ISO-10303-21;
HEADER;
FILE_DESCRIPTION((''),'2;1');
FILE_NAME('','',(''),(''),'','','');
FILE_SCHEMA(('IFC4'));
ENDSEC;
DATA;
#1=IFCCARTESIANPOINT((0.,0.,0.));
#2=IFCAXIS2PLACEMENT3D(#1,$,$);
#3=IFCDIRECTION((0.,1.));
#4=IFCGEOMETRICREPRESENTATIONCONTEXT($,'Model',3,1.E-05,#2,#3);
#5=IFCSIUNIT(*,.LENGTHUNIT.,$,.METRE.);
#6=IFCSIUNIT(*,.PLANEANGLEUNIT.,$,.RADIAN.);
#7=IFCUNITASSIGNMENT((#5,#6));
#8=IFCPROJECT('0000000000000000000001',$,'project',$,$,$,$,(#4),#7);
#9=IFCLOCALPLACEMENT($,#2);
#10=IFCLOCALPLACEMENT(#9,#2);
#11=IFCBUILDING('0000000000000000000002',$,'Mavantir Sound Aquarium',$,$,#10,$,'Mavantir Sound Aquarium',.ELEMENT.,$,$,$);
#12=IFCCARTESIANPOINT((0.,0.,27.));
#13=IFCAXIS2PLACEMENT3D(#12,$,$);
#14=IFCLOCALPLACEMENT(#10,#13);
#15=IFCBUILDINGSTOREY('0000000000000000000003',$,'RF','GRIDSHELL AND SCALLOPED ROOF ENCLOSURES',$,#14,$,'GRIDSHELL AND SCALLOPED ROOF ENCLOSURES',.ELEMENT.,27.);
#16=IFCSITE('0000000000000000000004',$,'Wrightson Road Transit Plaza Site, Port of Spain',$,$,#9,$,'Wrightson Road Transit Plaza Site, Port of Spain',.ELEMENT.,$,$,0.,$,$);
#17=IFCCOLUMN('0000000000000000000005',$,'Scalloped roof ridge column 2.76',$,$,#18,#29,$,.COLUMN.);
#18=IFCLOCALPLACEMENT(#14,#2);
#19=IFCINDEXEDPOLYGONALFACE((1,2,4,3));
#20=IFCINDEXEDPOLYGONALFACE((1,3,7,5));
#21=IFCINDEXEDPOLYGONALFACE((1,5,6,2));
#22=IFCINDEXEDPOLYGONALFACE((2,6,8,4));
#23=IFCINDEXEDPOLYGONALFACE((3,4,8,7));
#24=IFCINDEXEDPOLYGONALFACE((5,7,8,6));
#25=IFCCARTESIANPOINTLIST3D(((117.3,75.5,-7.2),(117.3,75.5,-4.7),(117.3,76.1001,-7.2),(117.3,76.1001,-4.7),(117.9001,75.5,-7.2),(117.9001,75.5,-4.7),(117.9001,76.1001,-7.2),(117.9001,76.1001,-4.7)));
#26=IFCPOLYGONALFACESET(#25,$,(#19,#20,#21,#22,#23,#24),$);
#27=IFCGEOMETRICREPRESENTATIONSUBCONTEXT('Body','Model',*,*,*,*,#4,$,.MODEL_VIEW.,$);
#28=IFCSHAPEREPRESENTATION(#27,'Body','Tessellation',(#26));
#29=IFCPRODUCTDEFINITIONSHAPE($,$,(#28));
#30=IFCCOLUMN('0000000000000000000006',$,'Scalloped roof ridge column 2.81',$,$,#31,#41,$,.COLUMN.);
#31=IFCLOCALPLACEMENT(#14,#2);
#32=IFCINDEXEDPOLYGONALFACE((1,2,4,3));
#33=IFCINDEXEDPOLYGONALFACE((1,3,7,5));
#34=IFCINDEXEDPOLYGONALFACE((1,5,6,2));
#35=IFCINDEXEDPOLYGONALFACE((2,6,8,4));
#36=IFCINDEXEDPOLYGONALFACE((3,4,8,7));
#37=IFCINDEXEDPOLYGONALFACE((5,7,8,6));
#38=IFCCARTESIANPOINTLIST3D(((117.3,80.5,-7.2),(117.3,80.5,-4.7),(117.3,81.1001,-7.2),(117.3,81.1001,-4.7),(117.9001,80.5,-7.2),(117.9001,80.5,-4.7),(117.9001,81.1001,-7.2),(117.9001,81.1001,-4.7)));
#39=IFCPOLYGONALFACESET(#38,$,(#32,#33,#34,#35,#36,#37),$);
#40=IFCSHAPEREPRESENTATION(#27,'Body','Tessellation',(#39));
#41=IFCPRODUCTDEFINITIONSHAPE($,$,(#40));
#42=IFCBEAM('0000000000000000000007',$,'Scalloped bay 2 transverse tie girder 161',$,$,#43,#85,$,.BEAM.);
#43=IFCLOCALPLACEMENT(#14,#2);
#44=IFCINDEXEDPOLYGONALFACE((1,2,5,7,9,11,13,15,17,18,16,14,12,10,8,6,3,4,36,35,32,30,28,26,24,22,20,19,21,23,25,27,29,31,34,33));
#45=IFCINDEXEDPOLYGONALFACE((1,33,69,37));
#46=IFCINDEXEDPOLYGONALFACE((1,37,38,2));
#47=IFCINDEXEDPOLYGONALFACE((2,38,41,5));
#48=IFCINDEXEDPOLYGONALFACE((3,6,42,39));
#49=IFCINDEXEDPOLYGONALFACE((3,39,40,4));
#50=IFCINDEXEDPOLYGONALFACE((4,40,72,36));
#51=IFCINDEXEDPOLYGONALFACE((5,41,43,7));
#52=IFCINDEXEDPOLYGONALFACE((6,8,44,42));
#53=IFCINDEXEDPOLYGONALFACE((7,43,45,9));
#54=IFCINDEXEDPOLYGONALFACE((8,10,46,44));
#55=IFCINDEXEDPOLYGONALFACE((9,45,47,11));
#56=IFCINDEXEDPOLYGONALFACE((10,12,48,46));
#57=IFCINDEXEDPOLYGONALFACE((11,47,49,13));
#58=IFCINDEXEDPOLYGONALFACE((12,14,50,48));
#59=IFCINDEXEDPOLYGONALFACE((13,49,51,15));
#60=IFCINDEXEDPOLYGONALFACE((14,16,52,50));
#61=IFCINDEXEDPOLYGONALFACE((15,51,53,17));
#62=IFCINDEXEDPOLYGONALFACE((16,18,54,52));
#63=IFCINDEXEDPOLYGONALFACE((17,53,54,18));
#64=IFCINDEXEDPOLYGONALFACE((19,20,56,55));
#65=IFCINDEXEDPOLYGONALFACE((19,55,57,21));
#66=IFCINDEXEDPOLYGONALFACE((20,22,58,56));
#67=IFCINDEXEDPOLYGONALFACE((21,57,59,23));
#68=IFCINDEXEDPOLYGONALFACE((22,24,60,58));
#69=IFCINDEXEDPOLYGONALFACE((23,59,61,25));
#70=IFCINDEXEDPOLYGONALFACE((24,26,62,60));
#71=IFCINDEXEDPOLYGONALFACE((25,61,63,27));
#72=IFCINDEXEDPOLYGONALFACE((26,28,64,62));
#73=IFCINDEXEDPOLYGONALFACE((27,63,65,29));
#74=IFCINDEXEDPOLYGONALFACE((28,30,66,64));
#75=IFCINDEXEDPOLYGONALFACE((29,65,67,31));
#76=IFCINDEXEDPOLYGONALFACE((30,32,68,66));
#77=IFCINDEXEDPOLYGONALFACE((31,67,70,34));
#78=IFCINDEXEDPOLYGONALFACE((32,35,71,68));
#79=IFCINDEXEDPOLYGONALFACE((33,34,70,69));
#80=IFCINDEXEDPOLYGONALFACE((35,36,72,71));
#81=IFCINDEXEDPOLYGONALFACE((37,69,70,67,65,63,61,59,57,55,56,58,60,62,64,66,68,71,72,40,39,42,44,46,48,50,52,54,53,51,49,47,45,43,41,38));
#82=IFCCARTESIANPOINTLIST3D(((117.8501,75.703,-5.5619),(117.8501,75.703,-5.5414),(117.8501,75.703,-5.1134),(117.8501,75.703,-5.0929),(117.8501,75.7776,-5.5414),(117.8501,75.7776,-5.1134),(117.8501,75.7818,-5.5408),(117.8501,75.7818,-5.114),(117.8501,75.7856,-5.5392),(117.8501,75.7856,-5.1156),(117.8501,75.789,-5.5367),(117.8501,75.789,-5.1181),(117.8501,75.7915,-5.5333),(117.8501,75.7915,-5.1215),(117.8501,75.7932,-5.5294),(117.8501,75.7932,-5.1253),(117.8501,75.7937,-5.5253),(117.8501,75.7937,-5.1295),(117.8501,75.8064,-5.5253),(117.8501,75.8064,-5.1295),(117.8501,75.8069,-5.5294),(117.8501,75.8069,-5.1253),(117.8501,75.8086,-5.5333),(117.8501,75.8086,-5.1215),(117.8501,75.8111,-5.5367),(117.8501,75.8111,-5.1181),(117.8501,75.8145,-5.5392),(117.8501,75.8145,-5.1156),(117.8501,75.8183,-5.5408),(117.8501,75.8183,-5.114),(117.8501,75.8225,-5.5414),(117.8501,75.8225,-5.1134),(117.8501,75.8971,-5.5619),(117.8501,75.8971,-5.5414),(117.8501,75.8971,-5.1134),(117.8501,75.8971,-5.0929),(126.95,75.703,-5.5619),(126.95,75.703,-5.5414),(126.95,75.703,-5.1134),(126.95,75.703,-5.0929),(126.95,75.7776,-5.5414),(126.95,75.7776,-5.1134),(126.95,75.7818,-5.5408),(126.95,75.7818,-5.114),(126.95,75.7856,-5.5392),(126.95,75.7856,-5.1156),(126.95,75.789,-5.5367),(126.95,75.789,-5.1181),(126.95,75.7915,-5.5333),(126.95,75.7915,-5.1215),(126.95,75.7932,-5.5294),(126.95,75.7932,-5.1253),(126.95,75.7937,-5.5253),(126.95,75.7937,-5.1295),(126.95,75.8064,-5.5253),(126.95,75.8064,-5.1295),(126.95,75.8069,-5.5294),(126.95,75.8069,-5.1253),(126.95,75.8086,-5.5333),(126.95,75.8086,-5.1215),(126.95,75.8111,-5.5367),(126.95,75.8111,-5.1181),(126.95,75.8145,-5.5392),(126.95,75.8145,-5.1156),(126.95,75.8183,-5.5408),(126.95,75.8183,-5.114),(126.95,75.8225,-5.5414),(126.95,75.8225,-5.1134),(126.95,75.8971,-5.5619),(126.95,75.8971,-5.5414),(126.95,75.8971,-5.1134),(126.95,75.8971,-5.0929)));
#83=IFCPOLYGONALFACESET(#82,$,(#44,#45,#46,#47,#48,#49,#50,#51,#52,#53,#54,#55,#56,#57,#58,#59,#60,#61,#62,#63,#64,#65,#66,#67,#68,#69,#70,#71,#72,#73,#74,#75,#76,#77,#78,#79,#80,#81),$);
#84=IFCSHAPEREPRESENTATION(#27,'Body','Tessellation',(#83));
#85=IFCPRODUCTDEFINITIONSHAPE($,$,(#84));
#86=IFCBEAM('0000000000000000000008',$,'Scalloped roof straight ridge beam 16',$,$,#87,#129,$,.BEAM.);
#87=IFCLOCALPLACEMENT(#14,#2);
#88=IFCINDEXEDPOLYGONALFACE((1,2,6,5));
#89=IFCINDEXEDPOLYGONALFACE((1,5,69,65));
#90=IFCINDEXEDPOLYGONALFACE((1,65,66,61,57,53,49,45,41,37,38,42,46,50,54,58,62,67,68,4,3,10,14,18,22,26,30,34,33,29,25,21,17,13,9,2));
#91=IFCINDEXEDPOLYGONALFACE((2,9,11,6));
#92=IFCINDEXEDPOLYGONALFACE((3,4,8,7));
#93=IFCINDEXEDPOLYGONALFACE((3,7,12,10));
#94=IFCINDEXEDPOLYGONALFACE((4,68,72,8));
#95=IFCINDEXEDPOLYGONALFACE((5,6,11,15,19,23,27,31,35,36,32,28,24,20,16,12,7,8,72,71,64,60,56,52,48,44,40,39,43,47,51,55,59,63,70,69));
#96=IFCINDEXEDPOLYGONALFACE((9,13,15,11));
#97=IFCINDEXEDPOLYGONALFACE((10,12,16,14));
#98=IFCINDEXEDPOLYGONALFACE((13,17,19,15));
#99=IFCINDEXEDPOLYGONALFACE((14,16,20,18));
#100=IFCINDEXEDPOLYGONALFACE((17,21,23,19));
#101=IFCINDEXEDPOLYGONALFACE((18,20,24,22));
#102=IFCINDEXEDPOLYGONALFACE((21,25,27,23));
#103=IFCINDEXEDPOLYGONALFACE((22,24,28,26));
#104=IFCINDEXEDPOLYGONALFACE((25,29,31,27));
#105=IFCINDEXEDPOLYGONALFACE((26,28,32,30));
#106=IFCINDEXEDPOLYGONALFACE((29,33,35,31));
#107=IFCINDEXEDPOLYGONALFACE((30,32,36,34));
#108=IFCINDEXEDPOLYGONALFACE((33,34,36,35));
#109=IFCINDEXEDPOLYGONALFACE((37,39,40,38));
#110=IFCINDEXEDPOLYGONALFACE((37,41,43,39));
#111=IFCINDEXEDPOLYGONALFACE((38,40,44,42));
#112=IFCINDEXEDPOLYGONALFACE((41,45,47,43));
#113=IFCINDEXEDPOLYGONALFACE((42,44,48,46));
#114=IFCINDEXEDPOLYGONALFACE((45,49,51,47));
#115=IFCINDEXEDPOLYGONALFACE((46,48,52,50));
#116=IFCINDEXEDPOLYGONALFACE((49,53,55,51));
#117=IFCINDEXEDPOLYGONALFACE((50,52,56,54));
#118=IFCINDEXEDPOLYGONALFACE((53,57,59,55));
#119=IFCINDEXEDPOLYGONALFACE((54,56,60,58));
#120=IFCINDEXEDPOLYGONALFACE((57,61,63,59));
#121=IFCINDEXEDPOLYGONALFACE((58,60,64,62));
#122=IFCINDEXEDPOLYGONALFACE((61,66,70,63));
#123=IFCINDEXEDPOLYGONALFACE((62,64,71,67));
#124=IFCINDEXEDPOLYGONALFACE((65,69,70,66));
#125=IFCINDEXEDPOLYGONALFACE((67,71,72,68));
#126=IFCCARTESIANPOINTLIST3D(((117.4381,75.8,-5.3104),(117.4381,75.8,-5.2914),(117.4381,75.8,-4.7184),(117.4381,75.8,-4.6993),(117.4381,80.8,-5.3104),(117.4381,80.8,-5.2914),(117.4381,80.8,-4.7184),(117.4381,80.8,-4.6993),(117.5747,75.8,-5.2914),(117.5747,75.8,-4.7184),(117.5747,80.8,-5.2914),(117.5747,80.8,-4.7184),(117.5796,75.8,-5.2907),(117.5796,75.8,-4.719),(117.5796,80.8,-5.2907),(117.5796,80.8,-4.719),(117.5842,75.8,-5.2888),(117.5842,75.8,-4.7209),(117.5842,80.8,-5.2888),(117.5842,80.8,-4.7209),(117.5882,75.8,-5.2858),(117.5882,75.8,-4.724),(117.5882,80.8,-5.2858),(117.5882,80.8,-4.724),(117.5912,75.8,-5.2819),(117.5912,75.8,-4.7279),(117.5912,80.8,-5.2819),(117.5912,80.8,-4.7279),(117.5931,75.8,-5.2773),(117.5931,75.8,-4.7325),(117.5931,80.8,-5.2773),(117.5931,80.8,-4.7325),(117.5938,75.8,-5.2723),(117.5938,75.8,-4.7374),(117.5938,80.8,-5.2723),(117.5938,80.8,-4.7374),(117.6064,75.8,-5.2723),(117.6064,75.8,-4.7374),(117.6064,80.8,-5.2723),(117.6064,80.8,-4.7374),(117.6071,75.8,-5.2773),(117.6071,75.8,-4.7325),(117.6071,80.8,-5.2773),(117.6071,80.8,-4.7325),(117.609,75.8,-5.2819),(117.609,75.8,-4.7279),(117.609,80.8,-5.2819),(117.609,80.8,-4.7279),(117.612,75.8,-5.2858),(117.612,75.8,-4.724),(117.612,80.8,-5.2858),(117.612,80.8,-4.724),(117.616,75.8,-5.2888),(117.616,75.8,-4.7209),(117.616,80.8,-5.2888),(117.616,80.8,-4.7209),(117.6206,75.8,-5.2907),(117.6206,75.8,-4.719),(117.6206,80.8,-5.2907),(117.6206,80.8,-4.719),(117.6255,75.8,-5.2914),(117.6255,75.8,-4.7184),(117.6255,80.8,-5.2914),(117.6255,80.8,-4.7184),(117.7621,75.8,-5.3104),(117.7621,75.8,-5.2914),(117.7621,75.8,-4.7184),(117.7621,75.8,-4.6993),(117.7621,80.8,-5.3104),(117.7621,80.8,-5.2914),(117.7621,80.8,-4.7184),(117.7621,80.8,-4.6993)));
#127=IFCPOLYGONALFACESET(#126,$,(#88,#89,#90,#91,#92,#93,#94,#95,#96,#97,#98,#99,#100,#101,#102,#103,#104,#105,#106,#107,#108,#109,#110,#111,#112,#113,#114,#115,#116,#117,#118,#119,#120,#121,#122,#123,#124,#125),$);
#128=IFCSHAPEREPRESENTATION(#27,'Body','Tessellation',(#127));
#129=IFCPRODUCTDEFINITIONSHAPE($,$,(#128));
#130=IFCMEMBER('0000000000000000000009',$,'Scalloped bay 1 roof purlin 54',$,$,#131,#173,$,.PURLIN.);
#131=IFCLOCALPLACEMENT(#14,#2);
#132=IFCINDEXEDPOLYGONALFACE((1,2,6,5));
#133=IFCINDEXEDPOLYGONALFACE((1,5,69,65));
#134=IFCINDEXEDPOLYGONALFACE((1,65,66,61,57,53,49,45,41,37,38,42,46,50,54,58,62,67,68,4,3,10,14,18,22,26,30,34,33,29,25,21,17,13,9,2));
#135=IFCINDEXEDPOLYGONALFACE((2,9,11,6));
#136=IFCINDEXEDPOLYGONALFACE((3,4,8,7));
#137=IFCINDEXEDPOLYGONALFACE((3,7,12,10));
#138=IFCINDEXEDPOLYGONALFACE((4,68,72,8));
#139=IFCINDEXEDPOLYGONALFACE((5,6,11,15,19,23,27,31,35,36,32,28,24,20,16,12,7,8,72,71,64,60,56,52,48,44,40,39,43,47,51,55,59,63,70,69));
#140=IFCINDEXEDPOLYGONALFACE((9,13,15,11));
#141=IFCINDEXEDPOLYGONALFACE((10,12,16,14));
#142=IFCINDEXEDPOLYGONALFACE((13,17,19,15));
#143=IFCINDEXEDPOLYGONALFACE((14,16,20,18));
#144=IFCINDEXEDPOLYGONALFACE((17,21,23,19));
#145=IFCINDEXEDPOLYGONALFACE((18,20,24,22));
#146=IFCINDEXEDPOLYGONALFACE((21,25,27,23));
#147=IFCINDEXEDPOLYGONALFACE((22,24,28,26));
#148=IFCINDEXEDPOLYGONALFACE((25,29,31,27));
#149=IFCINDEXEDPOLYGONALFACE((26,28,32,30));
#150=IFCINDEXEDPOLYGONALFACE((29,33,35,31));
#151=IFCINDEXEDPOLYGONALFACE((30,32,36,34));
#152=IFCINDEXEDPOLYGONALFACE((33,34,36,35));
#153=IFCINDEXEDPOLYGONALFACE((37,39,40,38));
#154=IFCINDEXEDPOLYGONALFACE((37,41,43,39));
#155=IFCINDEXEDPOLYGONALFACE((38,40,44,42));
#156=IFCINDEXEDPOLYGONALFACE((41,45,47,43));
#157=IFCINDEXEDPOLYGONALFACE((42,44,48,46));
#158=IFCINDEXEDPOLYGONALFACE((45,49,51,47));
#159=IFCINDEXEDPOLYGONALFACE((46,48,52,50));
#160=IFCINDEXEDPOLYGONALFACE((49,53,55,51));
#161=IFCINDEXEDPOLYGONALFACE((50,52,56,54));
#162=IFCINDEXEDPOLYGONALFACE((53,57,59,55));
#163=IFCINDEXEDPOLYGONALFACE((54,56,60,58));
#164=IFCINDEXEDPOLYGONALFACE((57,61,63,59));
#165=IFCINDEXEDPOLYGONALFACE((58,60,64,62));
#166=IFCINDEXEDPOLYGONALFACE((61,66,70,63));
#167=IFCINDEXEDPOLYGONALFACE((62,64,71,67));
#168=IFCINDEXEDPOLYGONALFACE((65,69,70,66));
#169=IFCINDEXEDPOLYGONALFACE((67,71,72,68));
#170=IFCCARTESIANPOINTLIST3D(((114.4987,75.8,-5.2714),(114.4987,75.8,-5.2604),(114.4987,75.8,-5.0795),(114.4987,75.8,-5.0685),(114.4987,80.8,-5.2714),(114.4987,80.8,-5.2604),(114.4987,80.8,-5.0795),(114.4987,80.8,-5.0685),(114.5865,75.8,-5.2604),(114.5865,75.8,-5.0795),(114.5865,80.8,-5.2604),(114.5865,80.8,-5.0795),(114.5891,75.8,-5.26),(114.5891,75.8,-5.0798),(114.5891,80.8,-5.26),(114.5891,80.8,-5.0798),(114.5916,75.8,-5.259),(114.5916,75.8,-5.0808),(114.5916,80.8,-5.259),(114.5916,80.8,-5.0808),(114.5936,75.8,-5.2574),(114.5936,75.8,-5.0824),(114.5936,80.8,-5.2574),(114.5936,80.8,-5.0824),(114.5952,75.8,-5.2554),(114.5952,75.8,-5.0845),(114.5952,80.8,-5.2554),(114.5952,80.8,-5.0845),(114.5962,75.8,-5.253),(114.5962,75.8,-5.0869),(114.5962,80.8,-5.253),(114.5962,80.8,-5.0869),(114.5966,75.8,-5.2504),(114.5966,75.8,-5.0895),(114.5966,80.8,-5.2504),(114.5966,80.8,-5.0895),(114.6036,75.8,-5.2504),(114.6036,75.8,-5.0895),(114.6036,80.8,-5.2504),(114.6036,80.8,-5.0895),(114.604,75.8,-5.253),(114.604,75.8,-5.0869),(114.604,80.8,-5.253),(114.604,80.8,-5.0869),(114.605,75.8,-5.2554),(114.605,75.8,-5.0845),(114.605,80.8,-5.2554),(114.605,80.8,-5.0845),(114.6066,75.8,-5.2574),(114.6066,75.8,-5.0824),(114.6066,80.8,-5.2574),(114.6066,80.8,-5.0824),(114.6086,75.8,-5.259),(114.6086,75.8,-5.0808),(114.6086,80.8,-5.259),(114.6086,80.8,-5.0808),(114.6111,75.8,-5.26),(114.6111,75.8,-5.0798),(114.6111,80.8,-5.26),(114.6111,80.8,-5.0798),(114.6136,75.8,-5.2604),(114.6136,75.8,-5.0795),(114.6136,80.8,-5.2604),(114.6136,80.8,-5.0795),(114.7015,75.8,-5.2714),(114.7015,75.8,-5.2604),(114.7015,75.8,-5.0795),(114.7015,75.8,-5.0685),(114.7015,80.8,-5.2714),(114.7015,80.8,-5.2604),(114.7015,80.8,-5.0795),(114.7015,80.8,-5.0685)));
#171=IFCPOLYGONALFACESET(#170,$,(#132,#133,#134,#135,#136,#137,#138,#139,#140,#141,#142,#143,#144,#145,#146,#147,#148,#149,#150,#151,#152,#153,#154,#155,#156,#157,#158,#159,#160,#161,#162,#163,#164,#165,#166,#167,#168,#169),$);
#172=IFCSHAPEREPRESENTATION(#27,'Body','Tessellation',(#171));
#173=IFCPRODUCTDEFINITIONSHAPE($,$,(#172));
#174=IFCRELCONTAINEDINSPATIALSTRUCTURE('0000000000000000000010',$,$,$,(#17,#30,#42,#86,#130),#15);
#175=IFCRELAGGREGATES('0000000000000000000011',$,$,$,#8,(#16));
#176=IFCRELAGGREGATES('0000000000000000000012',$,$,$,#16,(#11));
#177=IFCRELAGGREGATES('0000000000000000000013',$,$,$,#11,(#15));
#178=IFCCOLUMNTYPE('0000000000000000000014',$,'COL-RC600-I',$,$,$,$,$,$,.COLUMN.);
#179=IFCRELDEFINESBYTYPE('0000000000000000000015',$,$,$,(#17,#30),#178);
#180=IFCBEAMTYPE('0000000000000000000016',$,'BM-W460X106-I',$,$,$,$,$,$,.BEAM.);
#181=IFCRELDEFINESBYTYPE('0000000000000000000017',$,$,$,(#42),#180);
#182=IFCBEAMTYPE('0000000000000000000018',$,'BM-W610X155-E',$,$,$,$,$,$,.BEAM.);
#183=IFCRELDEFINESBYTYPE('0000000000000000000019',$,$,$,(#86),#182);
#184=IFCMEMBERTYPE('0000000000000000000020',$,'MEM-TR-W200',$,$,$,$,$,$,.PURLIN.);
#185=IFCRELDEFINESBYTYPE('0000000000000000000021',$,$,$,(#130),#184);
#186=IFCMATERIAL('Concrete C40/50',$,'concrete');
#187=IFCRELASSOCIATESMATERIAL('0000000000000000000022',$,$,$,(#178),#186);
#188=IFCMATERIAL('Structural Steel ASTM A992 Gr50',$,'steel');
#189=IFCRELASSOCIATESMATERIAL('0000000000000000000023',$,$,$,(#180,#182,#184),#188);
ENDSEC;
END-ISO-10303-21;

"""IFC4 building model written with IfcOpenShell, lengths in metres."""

from ifc_helpers import new_model, si_unit, direction, frame, origin, origin_2d, place, context, subcontext, project, spatial, rectangle, i_section, extrude, material, material_profile, profile_set, type_object, element, save


model = new_model("IFC4")

# Units and contexts
model_context = context("Model", 3, precision=1e-05, world=origin(), true_north=direction((0.0, 1.0)))
body_context = subcontext(model_context, "Body", "Model", "MODEL_VIEW")
ifc_project = project(units=[si_unit("LENGTHUNIT", "METRE"), si_unit("PLANEANGLEUNIT", "RADIAN")], contexts=[model_context])

# Site, building, storey
site_placement = place(None, origin())
site = spatial("IfcSite", under=ifc_project, at=site_placement, Name="Wrightson Road Transit Plaza Site, Port of Spain", LongName="Wrightson Road Transit Plaza Site, Port of Spain", CompositionType="ELEMENT", RefElevation=0.0)
building_placement = place(site_placement, origin())
building = spatial("IfcBuilding", under=site, at=building_placement, Name="Mavantir Sound Aquarium", LongName="Mavantir Sound Aquarium", CompositionType="ELEMENT")
storey_placement = place(building_placement, frame((0.0, 0.0, 27.0)))
storey = spatial("IfcBuildingStorey", under=building, at=storey_placement, Name="RF", Description="GRIDSHELL AND SCALLOPED ROOF ENCLOSURES", LongName="GRIDSHELL AND SCALLOPED ROOF ENCLOSURES", CompositionType="ELEMENT", Elevation=27.0)

# Columns
ifc_material_1 = material(Name="Concrete C40/50", Category="concrete")
ifc_material_profile_1 = material_profile(ifc_material_1, rectangle(XDim=0.6001, YDim=0.6001, at=origin_2d()), Name="RC 600X600")
ifc_profile_set_1 = profile_set([ifc_material_profile_1], Name="Concrete C40/50")
column_type = type_object("IfcColumnType", Name="COL-RC600-I", PredefinedType="COLUMN", material=ifc_profile_set_1)
for number, where, z_axis, x_axis, name in (
    (1, (117.6001, 75.8, -7.2), (0.0, 0.0, 1.0), (1.0, 0.0, 0.0), "Scalloped roof ridge column 2.76"),
    (2, (117.6001, 80.8, -7.2), (0.0, 0.0, 1.0), (1.0, 0.0, 0.0), "Scalloped roof ridge column 2.81"),
):
    element("IfcColumn", number, at=place(storey_placement, frame(where, z_axis=z_axis, x_axis=x_axis)), inside=storey, type_object=column_type, Name=name, PredefinedType="COLUMN", context=body_context, shape_type="SweptSolid", body=[
        extrude(rectangle(XDim=0.6001, YDim=0.6001, at=origin_2d()), origin(), (0.0, 0.0, 1.0), 2.5),
    ])

# Beams
ifc_material_2 = material(Name="Structural Steel ASTM A992 Gr50", Category="steel")
ifc_material_profile_2 = material_profile(ifc_material_2, i_section(OverallWidth=0.1941, OverallDepth=0.469, WebThickness=0.0127, FlangeThickness=0.0205, FilletRadius=0.0161, at=origin_2d()), Name="W460X106")
ifc_profile_set_2 = profile_set([ifc_material_profile_2], Name="Structural Steel ASTM A992 Gr50")
beam_type_1 = type_object("IfcBeamType", Name="BM-W460X106-I", PredefinedType="BEAM", material=ifc_profile_set_2)
beam_1_placement = place(storey_placement, frame((117.8501, 75.8, -5.3274), z_axis=(1.0, 0.0, 0.0), x_axis=(0.0, 1.0, 0.0)))
element("IfcBeam", 3, at=beam_1_placement, inside=storey, type_object=beam_type_1, Name="Scalloped bay 2 transverse tie girder 161", PredefinedType="BEAM", context=body_context, shape_type="SweptSolid", body=[
    extrude(i_section(OverallWidth=0.1941, OverallDepth=0.469, WebThickness=0.0127, FlangeThickness=0.0205, FilletRadius=0.0161, at=origin_2d()), origin(), (0.0, 0.0, 1.0), 9.0999),
])
ifc_material_profile_3 = material_profile(ifc_material_2, i_section(OverallWidth=0.324, OverallDepth=0.6111, WebThickness=0.0127, FlangeThickness=0.019, FilletRadius=0.019, at=origin_2d()), Name="W610X155")
ifc_profile_set_3 = profile_set([ifc_material_profile_3], Name="Structural Steel ASTM A992 Gr50")
beam_type_2 = type_object("IfcBeamType", Name="BM-W610X155-E", PredefinedType="BEAM", material=ifc_profile_set_3)
beam_2_placement = place(storey_placement, frame((117.6001, 75.8, -5.0049), z_axis=(0.0, 1.0, 0.0), x_axis=(-1.0, 0.0, 0.0)))
element("IfcBeam", 4, at=beam_2_placement, inside=storey, type_object=beam_type_2, Name="Scalloped roof straight ridge beam 16", PredefinedType="BEAM", context=body_context, shape_type="SweptSolid", body=[
    extrude(i_section(OverallWidth=0.324, OverallDepth=0.6111, WebThickness=0.0127, FlangeThickness=0.019, FilletRadius=0.019, at=origin_2d()), origin(), (0.0, 0.0, 1.0), 5.0),
])

# Member
ifc_material_profile_4 = material_profile(ifc_material_2, i_section(OverallWidth=0.2029, OverallDepth=0.2029, WebThickness=0.0071, FlangeThickness=0.011, FilletRadius=0.01, at=origin_2d()), Name="W200X46")
ifc_profile_set_4 = profile_set([ifc_material_profile_4], Name="Structural Steel ASTM A992 Gr50")
member_type_1 = type_object("IfcMemberType", Name="MEM-TR-W200", PredefinedType="PURLIN", material=ifc_profile_set_4)
for number, where, z_axis, x_axis, name in (
    (5, (114.6001, 75.8, -5.1699), (0.0, 1.0, 0.0), (-1.0, 0.0, 0.0), "Scalloped bay 1 roof purlin 54"),
):
    element("IfcMember", number, at=place(storey_placement, frame(where, z_axis=z_axis, x_axis=x_axis)), inside=storey, type_object=member_type_1, Name=name, PredefinedType="PURLIN", context=body_context, shape_type="SweptSolid", body=[
        extrude(i_section(OverallWidth=0.2029, OverallDepth=0.2029, WebThickness=0.0071, FlangeThickness=0.011, FilletRadius=0.01, at=origin_2d()), origin(), (0.0, 0.0, 1.0), 5.0),
    ])

save(model, "model.ifc")
